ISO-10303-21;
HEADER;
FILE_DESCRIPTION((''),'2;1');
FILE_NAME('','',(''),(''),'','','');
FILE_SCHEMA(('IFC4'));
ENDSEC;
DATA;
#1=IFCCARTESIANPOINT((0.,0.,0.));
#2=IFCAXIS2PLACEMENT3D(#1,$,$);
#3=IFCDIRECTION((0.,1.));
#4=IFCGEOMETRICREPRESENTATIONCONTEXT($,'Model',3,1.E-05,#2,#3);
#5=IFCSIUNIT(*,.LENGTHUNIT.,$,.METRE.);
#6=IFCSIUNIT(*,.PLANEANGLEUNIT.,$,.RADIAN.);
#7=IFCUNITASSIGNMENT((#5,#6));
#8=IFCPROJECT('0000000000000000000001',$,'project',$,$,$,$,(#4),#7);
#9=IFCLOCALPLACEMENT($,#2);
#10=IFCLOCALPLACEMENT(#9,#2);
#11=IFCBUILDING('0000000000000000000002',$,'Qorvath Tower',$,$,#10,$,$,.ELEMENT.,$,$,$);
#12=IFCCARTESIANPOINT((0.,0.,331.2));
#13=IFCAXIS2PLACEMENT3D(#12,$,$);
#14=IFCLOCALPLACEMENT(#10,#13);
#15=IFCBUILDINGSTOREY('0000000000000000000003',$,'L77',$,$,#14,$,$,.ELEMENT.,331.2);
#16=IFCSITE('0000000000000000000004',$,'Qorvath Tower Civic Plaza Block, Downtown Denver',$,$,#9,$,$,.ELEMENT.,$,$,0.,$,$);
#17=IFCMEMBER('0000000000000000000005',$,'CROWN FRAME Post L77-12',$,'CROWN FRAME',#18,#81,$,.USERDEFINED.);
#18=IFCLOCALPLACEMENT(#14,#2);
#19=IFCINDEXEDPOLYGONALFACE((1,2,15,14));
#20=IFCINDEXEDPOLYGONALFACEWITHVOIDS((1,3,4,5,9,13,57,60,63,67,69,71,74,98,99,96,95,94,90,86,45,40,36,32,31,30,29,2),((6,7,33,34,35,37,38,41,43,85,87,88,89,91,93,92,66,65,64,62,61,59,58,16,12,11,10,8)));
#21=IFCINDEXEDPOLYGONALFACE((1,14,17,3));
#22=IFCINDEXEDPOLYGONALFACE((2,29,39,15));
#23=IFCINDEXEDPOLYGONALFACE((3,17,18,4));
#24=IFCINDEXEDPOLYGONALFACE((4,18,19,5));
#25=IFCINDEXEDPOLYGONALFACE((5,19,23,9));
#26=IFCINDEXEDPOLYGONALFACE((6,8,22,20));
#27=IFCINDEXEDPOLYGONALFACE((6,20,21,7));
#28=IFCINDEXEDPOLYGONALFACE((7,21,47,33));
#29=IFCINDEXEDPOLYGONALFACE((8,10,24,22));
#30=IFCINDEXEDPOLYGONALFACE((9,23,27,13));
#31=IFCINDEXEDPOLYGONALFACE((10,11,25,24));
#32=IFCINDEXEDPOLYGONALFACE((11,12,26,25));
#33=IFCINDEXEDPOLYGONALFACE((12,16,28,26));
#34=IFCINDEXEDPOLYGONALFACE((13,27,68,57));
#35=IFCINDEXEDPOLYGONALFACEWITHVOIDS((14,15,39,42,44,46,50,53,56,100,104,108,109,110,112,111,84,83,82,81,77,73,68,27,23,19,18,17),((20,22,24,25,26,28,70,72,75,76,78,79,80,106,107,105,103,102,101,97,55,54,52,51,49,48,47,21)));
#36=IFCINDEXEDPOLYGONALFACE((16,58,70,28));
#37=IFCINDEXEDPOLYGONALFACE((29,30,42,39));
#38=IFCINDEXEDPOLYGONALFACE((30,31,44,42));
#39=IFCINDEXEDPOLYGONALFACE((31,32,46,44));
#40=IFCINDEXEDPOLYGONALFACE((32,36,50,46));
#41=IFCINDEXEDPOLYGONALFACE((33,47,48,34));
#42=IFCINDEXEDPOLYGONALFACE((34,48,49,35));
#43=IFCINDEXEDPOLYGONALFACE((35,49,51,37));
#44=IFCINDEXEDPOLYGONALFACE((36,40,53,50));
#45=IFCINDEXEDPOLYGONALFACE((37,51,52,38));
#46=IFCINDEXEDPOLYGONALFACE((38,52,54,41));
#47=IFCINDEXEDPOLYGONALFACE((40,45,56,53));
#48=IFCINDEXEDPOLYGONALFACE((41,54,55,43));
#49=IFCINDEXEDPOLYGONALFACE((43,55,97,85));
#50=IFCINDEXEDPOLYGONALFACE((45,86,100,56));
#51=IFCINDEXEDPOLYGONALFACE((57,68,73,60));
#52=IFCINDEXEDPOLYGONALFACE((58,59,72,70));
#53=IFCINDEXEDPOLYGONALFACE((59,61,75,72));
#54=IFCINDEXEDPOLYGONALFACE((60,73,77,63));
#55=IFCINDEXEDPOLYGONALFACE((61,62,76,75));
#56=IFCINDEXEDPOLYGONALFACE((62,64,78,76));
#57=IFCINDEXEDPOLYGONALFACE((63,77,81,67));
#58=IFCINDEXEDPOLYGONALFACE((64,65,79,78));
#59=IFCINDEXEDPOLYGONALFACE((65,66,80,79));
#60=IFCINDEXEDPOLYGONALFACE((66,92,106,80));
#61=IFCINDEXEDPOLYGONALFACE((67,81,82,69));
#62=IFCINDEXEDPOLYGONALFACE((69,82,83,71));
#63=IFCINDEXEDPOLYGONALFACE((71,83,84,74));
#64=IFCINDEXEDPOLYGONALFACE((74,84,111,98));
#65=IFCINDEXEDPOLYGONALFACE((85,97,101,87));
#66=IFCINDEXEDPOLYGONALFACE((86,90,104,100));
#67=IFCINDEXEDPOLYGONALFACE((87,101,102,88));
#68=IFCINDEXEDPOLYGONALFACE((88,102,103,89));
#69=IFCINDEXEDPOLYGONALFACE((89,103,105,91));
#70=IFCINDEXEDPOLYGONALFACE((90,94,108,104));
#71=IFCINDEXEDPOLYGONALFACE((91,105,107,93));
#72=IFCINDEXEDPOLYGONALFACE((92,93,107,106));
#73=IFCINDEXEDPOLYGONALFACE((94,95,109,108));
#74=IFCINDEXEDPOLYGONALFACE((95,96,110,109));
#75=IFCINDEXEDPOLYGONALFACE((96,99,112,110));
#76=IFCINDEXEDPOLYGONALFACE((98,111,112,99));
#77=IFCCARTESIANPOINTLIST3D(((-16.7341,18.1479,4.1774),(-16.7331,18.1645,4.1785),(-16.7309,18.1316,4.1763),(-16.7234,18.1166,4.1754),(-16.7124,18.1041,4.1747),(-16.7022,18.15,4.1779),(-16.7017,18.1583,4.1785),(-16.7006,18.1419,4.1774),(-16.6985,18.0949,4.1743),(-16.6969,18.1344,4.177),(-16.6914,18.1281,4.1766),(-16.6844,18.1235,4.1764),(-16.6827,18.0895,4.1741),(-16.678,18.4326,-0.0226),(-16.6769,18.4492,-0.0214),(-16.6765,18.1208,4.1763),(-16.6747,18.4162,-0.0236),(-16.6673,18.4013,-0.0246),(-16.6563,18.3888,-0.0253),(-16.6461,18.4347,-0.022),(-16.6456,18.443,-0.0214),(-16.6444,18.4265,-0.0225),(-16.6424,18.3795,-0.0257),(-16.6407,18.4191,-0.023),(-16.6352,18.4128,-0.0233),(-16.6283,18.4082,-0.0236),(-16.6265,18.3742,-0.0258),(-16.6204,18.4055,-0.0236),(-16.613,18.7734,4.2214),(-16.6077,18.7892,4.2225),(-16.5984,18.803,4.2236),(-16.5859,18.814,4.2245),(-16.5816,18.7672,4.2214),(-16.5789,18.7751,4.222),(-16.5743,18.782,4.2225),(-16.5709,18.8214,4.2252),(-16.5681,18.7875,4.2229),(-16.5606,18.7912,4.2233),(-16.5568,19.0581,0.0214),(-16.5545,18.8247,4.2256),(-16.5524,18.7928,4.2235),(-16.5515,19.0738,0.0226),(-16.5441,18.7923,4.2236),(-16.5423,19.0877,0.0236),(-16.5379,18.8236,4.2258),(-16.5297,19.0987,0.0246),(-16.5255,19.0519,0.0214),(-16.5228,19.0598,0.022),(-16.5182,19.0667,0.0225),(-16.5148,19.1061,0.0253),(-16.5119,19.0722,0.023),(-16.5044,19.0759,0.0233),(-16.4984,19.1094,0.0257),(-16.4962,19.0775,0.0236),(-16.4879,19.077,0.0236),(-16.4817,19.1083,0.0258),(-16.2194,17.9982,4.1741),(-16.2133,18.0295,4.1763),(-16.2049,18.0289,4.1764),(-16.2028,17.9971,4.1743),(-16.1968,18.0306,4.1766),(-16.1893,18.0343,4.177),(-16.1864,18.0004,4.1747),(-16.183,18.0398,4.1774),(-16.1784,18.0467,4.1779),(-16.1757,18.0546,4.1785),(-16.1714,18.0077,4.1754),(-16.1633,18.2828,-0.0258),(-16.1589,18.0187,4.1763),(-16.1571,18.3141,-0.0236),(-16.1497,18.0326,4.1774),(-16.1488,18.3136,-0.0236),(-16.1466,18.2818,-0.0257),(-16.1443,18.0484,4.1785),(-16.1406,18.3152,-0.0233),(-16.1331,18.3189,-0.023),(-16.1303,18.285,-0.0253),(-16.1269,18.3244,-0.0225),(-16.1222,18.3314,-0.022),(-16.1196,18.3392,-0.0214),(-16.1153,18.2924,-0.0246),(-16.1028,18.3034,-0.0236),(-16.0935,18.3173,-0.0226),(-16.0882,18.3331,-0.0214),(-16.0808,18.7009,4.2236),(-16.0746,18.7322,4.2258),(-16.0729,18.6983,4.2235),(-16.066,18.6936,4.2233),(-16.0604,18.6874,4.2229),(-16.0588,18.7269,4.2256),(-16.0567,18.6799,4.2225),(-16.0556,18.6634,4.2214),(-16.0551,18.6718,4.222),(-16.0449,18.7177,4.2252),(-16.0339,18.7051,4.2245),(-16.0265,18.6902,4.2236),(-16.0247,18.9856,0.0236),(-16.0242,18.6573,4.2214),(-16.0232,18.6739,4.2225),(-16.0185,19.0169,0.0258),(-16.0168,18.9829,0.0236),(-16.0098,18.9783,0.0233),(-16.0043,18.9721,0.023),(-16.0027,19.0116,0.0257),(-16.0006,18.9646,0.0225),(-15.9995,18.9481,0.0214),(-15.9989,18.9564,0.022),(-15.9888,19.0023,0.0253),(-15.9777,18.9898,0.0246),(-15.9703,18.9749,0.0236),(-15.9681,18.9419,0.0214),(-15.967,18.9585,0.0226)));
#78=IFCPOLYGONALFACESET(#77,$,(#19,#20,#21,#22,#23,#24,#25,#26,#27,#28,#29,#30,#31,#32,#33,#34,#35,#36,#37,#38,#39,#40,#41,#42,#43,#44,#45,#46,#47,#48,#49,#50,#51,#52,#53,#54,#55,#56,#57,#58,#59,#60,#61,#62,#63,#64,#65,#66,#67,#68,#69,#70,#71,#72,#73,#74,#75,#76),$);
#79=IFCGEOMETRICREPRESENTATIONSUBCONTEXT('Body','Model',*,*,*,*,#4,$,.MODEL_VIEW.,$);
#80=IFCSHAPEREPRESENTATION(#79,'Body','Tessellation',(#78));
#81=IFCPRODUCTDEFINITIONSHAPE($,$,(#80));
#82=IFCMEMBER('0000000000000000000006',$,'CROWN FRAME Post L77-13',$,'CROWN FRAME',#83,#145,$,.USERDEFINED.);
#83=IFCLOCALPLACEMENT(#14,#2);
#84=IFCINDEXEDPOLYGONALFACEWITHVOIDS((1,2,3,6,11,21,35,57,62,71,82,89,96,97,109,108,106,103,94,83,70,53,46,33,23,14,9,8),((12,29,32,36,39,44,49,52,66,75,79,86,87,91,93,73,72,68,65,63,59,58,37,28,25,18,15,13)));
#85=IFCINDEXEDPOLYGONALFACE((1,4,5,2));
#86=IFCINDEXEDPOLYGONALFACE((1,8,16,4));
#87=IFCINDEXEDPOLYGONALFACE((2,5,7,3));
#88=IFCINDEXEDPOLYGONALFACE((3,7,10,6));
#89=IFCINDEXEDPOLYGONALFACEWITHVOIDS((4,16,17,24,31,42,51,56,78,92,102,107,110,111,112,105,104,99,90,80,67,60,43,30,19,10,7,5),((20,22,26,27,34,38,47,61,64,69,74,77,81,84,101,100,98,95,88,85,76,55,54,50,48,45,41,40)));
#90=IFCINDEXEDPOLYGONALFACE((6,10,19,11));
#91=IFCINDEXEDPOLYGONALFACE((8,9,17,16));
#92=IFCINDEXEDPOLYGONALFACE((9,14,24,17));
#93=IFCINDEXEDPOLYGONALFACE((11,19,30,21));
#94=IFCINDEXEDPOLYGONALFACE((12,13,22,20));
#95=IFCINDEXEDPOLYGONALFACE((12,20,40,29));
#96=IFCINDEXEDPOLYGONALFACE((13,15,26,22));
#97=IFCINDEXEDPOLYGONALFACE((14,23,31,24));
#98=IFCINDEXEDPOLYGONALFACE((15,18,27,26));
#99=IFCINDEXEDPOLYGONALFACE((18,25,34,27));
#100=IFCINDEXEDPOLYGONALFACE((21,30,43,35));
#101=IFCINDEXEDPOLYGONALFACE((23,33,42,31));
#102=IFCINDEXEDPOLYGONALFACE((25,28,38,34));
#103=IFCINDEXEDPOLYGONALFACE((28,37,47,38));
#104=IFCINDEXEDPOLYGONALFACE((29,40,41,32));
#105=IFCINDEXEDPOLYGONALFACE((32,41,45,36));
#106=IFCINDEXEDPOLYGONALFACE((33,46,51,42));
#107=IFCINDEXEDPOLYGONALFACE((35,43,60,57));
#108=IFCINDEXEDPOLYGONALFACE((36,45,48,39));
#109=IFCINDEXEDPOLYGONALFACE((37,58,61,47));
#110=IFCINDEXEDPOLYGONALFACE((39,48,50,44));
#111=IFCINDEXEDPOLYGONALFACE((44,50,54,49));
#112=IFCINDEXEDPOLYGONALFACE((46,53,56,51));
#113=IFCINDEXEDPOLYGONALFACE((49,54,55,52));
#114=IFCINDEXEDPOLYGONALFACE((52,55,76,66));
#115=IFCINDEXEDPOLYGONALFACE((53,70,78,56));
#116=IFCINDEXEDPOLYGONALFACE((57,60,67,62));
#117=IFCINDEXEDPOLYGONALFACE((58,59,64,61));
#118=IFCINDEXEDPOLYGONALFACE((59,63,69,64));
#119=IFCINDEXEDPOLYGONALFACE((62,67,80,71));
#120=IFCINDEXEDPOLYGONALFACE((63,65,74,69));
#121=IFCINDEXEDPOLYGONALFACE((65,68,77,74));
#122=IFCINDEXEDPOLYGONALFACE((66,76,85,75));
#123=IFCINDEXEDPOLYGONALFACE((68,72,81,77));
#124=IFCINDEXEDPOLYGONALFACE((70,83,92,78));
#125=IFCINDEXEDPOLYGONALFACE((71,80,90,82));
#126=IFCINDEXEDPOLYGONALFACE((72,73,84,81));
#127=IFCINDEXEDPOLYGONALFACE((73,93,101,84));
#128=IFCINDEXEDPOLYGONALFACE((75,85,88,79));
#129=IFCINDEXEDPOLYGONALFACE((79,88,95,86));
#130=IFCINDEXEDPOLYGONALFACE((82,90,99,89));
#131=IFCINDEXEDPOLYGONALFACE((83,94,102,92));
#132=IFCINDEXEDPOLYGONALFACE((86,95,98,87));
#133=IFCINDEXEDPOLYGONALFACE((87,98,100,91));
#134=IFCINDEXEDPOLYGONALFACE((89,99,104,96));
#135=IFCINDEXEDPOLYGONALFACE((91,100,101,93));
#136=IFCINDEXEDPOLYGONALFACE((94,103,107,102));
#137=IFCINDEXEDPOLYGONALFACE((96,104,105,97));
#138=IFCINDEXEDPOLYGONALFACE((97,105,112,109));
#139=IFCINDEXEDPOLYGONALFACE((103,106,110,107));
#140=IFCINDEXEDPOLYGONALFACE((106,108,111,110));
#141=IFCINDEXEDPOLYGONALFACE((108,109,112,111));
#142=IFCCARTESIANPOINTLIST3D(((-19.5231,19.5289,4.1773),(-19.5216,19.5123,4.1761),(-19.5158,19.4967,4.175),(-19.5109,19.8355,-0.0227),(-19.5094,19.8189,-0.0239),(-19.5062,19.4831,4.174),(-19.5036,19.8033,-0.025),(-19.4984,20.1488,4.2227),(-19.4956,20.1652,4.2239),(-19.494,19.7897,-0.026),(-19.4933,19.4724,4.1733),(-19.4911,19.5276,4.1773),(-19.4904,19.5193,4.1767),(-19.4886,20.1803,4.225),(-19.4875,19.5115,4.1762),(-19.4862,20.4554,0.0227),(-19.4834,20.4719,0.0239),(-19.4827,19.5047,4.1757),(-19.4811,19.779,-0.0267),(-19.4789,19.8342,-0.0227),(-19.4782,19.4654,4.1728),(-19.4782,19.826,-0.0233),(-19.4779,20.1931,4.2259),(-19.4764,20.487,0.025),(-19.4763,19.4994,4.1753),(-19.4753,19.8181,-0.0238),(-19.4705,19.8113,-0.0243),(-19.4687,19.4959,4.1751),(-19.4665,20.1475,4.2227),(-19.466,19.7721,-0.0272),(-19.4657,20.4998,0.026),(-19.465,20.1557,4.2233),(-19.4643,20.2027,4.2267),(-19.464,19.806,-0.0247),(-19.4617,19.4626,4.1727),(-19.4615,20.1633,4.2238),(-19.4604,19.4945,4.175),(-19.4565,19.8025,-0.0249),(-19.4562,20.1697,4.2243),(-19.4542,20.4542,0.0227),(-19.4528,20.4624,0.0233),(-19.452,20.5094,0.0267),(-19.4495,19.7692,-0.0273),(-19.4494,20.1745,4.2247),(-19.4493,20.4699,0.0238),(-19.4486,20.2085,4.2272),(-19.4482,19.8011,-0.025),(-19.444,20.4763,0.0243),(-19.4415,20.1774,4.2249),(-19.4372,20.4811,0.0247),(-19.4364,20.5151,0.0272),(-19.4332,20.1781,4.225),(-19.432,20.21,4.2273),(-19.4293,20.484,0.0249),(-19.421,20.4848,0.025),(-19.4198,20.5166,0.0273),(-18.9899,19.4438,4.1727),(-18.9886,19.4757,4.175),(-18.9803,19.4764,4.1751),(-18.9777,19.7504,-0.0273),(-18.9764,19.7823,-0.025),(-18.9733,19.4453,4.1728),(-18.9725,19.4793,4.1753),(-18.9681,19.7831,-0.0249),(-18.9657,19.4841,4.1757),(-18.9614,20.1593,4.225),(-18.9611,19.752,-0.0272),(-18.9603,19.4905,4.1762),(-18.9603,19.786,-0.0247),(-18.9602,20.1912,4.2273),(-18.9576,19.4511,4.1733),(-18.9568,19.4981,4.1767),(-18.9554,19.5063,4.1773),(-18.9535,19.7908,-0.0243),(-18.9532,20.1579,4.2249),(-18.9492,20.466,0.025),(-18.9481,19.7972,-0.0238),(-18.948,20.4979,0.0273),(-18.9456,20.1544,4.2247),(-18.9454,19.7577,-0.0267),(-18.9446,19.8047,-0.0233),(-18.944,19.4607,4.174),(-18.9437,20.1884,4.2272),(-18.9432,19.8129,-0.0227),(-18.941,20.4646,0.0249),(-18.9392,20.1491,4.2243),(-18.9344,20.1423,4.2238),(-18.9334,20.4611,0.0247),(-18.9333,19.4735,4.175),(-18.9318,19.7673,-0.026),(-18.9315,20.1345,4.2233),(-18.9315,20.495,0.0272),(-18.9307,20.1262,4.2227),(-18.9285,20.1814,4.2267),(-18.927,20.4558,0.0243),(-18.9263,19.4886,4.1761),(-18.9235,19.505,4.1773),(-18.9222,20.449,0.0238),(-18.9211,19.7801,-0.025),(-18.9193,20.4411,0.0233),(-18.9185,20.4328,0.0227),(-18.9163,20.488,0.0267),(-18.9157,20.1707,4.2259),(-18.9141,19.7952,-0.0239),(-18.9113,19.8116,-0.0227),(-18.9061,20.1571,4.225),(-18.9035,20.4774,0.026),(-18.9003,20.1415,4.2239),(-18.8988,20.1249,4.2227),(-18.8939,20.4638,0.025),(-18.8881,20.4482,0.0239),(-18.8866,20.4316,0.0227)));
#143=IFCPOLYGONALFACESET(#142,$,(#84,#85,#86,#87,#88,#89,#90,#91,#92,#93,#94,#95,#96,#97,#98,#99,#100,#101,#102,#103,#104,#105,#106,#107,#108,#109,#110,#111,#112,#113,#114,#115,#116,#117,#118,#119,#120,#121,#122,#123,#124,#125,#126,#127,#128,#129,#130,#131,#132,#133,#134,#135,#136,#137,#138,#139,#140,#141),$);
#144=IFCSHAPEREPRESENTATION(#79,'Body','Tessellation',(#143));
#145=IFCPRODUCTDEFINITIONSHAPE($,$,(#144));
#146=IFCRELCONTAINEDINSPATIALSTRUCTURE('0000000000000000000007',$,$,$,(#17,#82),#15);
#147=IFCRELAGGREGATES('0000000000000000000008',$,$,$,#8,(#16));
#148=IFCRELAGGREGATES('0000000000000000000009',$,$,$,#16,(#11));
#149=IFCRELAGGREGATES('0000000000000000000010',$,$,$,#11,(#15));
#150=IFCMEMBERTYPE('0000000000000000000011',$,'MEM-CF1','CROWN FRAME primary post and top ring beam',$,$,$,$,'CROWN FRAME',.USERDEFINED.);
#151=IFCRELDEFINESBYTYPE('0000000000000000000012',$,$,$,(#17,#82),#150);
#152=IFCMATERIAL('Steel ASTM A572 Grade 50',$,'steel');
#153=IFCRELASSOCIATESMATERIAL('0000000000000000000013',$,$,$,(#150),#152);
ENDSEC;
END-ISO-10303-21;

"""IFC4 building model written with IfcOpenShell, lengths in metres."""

from ifc_helpers import new_model, si_unit, direction, frame, origin, origin_2d, place, context, subcontext, project, spatial, hollow_rectangle, extrude, material, material_profile, profile_set, type_object, element, save


model = new_model("IFC4")

# Units and contexts
model_context = context("Model", 3, precision=1e-05, world=origin(), true_north=direction((0.0, 1.0)))
body_context = subcontext(model_context, "Body", "Model", "MODEL_VIEW")
ifc_project = project(units=[si_unit("LENGTHUNIT", "METRE"), si_unit("PLANEANGLEUNIT", "RADIAN")], contexts=[model_context])

# Site, building, storey
site_placement = place(None, origin())
site = spatial("IfcSite", under=ifc_project, at=site_placement, Name="Qorvath Tower Civic Plaza Block, Downtown Denver", CompositionType="ELEMENT", RefElevation=0.0)
building_placement = place(site_placement, origin())
building = spatial("IfcBuilding", under=site, at=building_placement, Name="Qorvath Tower", CompositionType="ELEMENT")
storey_placement = place(building_placement, frame((0.0, 0.0, 331.2)))
storey = spatial("IfcBuildingStorey", under=building, at=storey_placement, Name="L77", CompositionType="ELEMENT", Elevation=331.2)

# Members
ifc_material_1 = material(Name="Steel ASTM A572 Grade 50", Category="steel")
ifc_material_profile_1 = material_profile(ifc_material_1, hollow_rectangle(XDim=0.6001, YDim=0.75, WallThickness=0.032, InnerFilletRadius=0.032, OuterFilletRadius=0.064, at=origin_2d()), Name="CROWN BOX 750x600x32")
ifc_profile_set_1 = profile_set([ifc_material_profile_1], Name="Steel ASTM A572 Grade 50")
member_type_1 = type_object("IfcMemberType", Name="MEM-CF1", Description="CROWN FRAME primary post and top ring beam", ElementType="CROWN FRAME", PredefinedType="USERDEFINED", material=ifc_profile_set_1)
member_1_placement = place(storey_placement, frame((-16.3225, 18.6956, 0.0), z_axis=(-0.013338, -0.067618, 0.997622), x_axis=(0.981095, -0.193526, 0.0)))
element("IfcMember", 1, at=member_1_placement, inside=storey, type_object=member_type_1, Name="CROWN FRAME Post L77-12", ObjectType="CROWN FRAME", PredefinedType="USERDEFINED", context=body_context, shape_type="SweptSolid", body=[
    extrude(hollow_rectangle(XDim=0.6001, YDim=0.75, WallThickness=0.032, InnerFilletRadius=0.032, OuterFilletRadius=0.064, at=origin_2d()), origin(), (0.0, 0.0, 1.0), 4.21),
])
member_2_placement = place(storey_placement, frame((-19.1987, 20.1335, 0.0), z_axis=(-0.002899, -0.072816, 0.997341), x_axis=(0.999209, -0.039777, 0.0)))
element("IfcMember", 2, at=member_2_placement, inside=storey, type_object=member_type_1, Name="CROWN FRAME Post L77-13", ObjectType="CROWN FRAME", PredefinedType="USERDEFINED", context=body_context, shape_type="SweptSolid", body=[
    extrude(hollow_rectangle(XDim=0.6001, YDim=0.75, WallThickness=0.032, InnerFilletRadius=0.032, OuterFilletRadius=0.064, at=origin_2d()), origin(), (0.0, 0.0, 1.0), 4.2112),
])

save(model, "model.ifc")
